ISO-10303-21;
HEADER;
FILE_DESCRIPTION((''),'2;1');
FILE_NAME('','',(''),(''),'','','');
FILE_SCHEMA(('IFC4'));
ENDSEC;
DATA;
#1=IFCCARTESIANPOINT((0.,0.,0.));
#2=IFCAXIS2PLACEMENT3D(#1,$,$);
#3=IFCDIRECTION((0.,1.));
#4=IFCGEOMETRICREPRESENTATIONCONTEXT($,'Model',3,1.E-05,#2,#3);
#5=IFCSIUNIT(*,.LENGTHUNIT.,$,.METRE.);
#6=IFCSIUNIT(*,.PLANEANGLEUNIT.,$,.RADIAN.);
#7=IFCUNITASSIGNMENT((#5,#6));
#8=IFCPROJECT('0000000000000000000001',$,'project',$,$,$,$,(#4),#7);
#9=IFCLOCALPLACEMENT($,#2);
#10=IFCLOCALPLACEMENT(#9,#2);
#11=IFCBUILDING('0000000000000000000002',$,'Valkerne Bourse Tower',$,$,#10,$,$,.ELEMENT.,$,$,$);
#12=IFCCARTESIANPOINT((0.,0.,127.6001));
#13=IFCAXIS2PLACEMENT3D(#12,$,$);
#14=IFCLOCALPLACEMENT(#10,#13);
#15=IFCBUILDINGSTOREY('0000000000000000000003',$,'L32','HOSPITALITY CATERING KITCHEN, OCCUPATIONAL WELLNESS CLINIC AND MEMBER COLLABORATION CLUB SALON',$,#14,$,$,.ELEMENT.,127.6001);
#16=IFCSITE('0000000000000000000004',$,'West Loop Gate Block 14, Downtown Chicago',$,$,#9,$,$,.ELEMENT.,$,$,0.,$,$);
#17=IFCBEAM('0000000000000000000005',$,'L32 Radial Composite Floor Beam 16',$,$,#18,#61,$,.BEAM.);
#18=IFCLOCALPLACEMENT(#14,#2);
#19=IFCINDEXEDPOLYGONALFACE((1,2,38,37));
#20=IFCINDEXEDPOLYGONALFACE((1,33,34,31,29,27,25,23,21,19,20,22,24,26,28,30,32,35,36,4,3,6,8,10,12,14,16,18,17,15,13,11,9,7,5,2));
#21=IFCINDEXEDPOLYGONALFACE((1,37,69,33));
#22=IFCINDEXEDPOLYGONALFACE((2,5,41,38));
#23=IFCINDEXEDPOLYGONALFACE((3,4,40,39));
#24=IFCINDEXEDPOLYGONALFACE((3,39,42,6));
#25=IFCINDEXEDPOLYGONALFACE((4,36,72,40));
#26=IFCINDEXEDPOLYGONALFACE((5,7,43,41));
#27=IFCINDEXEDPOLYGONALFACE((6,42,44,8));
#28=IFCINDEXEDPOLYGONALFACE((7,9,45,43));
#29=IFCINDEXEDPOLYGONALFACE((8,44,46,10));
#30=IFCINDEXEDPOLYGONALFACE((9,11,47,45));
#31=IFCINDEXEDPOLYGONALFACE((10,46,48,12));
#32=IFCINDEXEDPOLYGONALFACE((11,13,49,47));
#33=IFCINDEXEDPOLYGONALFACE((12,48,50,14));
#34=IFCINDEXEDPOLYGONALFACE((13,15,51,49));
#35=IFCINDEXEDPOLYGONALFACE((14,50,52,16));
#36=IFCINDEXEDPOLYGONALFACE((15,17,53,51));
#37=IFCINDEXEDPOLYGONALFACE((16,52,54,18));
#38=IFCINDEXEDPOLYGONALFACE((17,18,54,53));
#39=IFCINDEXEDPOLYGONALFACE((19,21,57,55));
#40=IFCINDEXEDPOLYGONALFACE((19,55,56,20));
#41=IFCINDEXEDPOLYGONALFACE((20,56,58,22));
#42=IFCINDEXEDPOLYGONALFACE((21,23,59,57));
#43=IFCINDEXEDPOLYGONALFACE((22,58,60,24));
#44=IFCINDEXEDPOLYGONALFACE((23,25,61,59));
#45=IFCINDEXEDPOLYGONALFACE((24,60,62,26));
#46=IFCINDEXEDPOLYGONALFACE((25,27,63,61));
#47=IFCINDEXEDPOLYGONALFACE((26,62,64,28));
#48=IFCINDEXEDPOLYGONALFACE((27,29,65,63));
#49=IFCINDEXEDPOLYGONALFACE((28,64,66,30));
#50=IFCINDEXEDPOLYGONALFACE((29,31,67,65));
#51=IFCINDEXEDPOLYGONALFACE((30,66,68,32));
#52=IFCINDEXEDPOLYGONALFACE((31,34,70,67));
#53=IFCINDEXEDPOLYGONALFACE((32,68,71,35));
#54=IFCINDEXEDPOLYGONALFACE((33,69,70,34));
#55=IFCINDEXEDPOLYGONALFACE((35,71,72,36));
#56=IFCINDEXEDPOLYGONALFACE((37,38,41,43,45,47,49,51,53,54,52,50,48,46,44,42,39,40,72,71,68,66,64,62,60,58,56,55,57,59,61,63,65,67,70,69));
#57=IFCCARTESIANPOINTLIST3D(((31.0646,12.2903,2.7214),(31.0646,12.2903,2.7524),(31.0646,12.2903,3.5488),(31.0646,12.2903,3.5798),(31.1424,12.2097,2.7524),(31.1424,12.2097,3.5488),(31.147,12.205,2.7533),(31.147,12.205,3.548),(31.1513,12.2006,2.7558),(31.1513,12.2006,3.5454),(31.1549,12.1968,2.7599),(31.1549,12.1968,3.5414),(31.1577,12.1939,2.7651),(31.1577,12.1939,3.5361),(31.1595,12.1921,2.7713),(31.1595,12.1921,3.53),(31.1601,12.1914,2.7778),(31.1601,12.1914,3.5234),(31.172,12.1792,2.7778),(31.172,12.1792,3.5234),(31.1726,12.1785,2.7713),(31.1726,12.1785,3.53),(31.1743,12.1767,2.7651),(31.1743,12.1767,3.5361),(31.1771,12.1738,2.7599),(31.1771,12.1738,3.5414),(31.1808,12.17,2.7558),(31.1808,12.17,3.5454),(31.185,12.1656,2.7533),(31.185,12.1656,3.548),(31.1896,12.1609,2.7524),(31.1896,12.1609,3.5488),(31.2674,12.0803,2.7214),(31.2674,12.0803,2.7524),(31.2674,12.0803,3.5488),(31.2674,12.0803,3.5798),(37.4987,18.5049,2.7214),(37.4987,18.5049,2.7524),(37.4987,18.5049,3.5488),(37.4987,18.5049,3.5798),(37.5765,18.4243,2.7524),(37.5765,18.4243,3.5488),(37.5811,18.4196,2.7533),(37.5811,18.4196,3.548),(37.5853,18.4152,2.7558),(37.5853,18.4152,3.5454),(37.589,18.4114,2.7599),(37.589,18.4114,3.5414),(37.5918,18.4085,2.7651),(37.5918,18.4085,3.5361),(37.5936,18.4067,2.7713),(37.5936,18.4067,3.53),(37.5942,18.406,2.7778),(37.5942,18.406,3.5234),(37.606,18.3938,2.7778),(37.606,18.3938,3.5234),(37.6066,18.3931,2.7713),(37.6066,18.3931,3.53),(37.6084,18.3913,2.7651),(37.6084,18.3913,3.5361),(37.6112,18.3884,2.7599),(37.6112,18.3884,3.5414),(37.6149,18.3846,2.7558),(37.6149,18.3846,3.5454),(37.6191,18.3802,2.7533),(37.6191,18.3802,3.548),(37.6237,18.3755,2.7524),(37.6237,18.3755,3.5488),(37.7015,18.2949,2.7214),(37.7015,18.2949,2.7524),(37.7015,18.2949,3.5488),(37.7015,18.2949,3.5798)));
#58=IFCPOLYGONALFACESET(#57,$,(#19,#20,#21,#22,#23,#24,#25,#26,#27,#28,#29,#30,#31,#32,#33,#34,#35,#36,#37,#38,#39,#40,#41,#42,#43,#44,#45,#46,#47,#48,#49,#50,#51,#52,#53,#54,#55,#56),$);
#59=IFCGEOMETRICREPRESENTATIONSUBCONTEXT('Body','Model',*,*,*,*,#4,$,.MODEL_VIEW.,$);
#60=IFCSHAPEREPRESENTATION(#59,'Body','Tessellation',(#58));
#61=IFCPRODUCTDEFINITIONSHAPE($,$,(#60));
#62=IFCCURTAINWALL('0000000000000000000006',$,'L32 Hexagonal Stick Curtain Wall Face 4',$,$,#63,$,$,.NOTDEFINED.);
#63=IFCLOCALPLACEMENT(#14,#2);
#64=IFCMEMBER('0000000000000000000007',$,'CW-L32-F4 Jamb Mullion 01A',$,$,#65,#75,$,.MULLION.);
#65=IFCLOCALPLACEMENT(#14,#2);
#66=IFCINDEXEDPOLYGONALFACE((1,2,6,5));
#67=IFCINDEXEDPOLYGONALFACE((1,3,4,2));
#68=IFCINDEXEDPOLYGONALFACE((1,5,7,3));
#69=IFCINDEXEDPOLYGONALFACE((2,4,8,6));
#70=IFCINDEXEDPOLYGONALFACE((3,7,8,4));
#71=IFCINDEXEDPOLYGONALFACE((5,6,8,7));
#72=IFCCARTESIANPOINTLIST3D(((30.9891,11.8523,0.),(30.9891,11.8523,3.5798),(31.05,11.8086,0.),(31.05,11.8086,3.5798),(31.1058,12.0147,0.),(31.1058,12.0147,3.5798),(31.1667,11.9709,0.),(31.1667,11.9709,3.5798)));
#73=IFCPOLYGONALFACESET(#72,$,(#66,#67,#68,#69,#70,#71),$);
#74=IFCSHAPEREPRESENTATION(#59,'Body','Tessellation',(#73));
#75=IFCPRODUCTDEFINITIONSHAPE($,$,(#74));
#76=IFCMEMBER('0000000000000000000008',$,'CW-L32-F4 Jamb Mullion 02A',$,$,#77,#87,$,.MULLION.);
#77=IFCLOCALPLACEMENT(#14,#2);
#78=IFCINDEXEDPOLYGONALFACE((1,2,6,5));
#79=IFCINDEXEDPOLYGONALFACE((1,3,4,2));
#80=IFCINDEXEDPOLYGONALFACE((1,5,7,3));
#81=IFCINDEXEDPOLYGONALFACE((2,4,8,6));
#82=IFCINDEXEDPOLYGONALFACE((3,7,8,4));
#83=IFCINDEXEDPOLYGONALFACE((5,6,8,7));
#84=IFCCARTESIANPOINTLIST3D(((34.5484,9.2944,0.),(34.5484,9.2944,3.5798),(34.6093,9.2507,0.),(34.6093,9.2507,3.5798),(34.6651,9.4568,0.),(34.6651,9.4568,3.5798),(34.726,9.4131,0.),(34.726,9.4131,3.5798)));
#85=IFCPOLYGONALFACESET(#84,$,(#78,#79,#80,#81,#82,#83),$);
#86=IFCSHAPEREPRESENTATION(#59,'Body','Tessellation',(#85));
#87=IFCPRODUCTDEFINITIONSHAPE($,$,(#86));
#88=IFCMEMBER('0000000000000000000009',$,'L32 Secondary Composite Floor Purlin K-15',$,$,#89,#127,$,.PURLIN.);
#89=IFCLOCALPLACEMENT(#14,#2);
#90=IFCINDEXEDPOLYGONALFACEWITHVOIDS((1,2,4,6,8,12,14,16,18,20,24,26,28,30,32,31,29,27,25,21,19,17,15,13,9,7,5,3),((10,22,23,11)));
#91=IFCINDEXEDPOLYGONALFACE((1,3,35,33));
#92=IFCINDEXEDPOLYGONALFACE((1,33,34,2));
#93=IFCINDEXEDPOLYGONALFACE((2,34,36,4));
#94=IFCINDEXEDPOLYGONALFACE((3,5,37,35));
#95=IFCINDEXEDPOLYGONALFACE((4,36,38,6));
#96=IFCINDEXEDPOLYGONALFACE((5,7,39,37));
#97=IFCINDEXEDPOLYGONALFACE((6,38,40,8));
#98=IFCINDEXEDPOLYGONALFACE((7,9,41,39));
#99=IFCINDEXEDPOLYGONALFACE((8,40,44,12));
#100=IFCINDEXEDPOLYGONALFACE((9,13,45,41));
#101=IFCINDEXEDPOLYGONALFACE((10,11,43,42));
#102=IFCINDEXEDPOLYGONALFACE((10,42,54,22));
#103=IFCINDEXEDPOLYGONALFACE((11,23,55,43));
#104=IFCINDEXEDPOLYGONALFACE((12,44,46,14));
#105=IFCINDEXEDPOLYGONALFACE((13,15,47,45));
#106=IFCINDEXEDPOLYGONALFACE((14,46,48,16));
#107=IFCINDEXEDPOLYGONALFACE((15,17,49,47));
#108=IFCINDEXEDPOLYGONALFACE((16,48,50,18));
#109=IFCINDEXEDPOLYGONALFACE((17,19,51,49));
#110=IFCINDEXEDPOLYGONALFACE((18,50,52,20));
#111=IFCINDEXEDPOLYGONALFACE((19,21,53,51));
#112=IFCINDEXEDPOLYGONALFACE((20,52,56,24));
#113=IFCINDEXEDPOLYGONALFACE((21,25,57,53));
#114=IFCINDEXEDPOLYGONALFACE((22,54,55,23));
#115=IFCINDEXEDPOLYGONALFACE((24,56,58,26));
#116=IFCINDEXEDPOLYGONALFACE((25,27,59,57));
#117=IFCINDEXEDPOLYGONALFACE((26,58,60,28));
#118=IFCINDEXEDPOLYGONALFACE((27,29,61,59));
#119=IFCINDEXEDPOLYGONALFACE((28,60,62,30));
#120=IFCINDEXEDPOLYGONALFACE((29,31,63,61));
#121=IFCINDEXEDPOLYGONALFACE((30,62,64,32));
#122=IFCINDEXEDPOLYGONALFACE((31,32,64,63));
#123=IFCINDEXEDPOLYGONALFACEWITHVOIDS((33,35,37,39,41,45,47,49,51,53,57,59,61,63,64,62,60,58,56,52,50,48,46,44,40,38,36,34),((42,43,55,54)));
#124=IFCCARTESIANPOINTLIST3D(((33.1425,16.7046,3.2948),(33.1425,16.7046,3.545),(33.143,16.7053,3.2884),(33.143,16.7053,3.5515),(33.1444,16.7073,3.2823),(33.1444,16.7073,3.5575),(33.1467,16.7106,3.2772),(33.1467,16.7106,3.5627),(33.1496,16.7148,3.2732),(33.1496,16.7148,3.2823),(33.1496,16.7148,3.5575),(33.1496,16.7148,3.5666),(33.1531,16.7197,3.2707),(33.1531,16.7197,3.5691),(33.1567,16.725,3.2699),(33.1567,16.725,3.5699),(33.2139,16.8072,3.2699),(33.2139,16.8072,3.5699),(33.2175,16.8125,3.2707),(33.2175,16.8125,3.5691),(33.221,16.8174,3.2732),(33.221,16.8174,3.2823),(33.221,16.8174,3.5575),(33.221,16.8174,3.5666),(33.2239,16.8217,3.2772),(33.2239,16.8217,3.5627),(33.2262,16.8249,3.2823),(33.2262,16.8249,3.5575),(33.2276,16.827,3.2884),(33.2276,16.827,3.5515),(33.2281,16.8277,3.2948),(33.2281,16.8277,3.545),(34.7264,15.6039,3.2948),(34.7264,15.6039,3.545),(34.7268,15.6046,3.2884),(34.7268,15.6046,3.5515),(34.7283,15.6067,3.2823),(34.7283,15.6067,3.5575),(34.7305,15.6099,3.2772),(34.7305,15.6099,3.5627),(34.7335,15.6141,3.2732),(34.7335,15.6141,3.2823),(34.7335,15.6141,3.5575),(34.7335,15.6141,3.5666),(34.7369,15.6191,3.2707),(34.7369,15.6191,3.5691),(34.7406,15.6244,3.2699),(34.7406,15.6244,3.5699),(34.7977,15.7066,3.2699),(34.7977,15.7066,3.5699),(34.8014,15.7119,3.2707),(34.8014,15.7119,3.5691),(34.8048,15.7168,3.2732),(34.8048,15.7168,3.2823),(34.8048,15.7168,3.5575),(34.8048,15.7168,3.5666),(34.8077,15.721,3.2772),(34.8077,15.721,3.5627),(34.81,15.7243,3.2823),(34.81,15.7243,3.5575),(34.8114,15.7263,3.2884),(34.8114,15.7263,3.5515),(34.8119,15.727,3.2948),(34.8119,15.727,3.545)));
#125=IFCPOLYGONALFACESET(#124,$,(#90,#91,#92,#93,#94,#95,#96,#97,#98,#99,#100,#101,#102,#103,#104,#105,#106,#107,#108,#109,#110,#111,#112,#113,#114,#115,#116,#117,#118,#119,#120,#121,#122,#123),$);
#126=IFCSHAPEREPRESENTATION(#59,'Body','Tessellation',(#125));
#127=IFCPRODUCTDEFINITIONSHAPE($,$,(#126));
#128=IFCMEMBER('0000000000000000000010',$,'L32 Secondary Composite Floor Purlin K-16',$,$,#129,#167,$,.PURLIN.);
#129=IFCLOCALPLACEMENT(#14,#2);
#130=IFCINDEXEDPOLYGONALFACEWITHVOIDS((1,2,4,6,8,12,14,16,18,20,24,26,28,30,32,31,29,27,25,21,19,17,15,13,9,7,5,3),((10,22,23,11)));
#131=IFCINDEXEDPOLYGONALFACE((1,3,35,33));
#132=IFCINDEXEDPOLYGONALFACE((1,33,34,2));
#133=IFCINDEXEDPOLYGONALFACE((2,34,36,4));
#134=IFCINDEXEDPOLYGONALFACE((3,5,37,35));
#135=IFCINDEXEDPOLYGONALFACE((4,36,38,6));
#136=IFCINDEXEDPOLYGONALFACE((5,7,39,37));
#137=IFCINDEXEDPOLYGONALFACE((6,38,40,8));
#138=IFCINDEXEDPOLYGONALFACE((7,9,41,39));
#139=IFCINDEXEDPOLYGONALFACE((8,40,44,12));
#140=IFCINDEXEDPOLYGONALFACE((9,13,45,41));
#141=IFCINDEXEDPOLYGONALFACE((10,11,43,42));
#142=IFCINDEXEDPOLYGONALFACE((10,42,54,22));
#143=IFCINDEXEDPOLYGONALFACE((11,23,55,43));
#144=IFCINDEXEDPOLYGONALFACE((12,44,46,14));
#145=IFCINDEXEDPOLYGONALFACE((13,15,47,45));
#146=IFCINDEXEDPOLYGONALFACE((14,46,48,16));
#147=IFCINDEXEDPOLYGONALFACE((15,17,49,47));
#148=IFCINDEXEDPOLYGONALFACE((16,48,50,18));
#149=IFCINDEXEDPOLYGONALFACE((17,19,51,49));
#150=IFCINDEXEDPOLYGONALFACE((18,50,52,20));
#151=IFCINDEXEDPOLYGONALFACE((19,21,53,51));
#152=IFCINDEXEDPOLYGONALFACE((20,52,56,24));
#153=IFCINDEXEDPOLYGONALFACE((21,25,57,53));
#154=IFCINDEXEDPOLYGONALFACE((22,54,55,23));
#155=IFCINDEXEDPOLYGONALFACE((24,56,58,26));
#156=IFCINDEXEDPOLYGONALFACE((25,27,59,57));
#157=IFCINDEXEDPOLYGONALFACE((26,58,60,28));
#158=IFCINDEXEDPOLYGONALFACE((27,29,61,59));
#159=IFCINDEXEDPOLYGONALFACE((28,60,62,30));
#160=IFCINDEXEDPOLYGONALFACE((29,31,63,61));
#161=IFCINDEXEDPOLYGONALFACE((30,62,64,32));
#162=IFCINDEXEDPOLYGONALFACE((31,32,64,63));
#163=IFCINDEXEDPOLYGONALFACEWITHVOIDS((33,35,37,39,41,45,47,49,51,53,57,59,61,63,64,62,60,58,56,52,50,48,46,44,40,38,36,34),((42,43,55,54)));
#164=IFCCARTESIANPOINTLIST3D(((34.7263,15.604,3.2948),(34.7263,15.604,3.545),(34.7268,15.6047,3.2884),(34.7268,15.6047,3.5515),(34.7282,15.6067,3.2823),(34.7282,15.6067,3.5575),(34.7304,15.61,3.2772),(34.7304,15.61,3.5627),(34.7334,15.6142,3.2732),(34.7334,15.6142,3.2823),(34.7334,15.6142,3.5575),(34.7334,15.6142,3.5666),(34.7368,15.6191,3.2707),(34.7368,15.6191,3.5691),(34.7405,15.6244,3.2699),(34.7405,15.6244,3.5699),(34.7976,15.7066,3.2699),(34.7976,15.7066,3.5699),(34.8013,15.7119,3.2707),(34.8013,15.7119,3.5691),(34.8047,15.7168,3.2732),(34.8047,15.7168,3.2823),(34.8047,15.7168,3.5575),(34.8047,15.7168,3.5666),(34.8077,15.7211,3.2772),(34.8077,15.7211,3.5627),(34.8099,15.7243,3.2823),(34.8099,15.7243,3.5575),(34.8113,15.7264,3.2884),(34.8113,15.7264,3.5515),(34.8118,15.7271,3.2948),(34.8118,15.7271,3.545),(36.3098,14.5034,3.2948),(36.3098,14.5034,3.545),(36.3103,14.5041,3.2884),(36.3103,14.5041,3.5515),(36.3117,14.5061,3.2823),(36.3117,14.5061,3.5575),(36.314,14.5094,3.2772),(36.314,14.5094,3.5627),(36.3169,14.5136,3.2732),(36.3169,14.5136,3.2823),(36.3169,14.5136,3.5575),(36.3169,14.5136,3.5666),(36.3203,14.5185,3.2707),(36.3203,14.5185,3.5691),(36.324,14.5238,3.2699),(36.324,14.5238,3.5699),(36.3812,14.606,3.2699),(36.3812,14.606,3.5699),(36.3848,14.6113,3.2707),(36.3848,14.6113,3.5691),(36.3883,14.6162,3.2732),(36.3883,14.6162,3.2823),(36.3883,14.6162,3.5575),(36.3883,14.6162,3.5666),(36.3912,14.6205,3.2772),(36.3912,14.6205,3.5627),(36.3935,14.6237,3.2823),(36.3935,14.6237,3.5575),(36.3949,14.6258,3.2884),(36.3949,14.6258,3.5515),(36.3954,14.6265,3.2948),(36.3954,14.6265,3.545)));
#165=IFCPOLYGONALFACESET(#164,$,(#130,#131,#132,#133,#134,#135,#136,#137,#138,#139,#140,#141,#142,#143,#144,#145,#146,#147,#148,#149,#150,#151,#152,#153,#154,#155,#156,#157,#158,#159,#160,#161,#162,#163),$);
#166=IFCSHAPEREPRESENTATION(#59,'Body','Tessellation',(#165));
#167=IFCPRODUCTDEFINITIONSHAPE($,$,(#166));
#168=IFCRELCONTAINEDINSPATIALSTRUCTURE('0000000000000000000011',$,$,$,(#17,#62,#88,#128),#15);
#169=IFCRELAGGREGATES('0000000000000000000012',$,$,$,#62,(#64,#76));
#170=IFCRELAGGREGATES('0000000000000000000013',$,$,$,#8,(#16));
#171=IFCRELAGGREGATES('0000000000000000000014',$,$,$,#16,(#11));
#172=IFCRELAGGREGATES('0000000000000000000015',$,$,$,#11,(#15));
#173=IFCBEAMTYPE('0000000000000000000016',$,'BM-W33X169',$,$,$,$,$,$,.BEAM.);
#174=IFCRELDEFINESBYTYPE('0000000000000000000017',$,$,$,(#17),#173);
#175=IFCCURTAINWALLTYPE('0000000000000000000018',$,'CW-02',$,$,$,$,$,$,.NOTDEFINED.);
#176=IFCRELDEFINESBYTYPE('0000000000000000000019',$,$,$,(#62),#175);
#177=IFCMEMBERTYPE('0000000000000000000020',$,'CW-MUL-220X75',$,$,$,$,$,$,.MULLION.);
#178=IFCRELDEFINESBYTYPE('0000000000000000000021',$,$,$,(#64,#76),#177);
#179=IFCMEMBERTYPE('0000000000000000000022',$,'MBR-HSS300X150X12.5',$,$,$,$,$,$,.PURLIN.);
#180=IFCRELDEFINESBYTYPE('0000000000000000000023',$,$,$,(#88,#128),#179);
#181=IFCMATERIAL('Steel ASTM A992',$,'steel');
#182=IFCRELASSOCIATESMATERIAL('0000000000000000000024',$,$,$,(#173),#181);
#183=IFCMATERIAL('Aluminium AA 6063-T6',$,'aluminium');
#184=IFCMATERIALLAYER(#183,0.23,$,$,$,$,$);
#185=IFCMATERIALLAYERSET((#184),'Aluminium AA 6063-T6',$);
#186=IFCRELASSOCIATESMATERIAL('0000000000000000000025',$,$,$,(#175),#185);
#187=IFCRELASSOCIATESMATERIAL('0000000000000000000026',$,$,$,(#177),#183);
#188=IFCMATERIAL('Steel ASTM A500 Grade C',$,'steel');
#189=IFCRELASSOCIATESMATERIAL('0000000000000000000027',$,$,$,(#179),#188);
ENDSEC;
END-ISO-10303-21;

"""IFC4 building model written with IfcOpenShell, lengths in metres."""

from ifc_helpers import new_model, si_unit, direction, frame, origin, origin_2d, place, context, subcontext, project, spatial, rectangle, hollow_rectangle, i_section, extrude, material, layer, layer_set, material_profile, profile_set, type_object, element, aggregate, save


model = new_model("IFC4")

# Units and contexts
model_context = context("Model", 3, precision=1e-05, world=origin(), true_north=direction((0.0, 1.0)))
body_context = subcontext(model_context, "Body", "Model", "MODEL_VIEW")
ifc_project = project(units=[si_unit("LENGTHUNIT", "METRE"), si_unit("PLANEANGLEUNIT", "RADIAN")], contexts=[model_context])

# Site, building, storey
site_placement = place(None, origin())
site = spatial("IfcSite", under=ifc_project, at=site_placement, Name="West Loop Gate Block 14, Downtown Chicago", CompositionType="ELEMENT", RefElevation=0.0)
building_placement = place(site_placement, origin())
building = spatial("IfcBuilding", under=site, at=building_placement, Name="Valkerne Bourse Tower", CompositionType="ELEMENT")
storey_placement = place(building_placement, frame((0.0, 0.0, 127.6001)))
storey = spatial("IfcBuildingStorey", under=building, at=storey_placement, Name="L32", Description="HOSPITALITY CATERING KITCHEN, OCCUPATIONAL WELLNESS CLINIC AND MEMBER COLLABORATION CLUB SALON", CompositionType="ELEMENT", Elevation=127.6001)

# Beam
ifc_material_1 = material(Name="Steel ASTM A992", Category="steel")
ifc_material_profile_1 = material_profile(ifc_material_1, i_section(OverallWidth=0.292, OverallDepth=0.8584, WebThickness=0.0171, FlangeThickness=0.031, FilletRadius=0.0254, at=origin_2d()), Name="W33X169")
ifc_profile_set_1 = profile_set([ifc_material_profile_1], Name="Steel ASTM A992")
beam_type_1 = type_object("IfcBeamType", Name="BM-W33X169", PredefinedType="BEAM", material=ifc_profile_set_1)
beam_1_placement = place(storey_placement, frame((31.166, 12.1853, 3.1506), z_axis=(0.719268, 0.694732, 0.0), x_axis=(-0.694732, 0.719268, 0.0)))
element("IfcBeam", 1, at=beam_1_placement, inside=storey, type_object=beam_type_1, Name="L32 Radial Composite Floor Beam 16", PredefinedType="BEAM", context=body_context, shape_type="SweptSolid", body=[
    extrude(i_section(OverallWidth=0.292, OverallDepth=0.8584, WebThickness=0.0171, FlangeThickness=0.031, FilletRadius=0.0254, at=origin_2d()), origin(), (0.0, 0.0, 1.0), 8.9453),
])

# Curtain wall, members
ifc_material_2 = material(Name="Aluminium AA 6063-T6", Category="aluminium")
ifc_layer_1 = layer(ifc_material_2, 0.23)
ifc_layer_set_1 = layer_set([ifc_layer_1], Name="Aluminium AA 6063-T6")
curtain_wall_type = type_object("IfcCurtainWallType", Name="CW-02", PredefinedType="NOTDEFINED", material=ifc_layer_set_1)
curtain_wall_placement = place(storey_placement, origin())
curtain_wall = element("IfcCurtainWall", 2, at=curtain_wall_placement, inside=storey, type_object=curtain_wall_type, Name="L32 Hexagonal Stick Curtain Wall Face 4", PredefinedType="NOTDEFINED")
ifc_material_profile_2 = material_profile(ifc_material_2, rectangle(XDim=0.075, YDim=0.2, at=origin_2d()), Name="CWM-75X200")
ifc_profile_set_2 = profile_set([ifc_material_profile_2], Name="Aluminium AA 6063-T6")
member_type_1 = type_object("IfcMemberType", Name="CW-MUL-220X75", PredefinedType="MULLION", material=ifc_profile_set_2)
member_1_placement = place(storey_placement, frame((31.0779, 11.9116, 0.0), z_axis=(0.0, 0.0, 1.0), x_axis=(0.812074, -0.583554, 0.0)))
member_1 = element("IfcMember", 3, at=member_1_placement, type_object=member_type_1, Name="CW-L32-F4 Jamb Mullion 01A", PredefinedType="MULLION", context=body_context, shape_type="SweptSolid", body=[
    extrude(rectangle(XDim=0.075, YDim=0.2, at=origin_2d()), origin(), (0.0, 0.0, 1.0), 3.5798),
])
member_2_placement = place(storey_placement, frame((34.6372, 9.3538, 0.0), z_axis=(0.0, 0.0, 1.0), x_axis=(0.812082, -0.583543, 0.0)))
member_2 = element("IfcMember", 4, at=member_2_placement, type_object=member_type_1, Name="CW-L32-F4 Jamb Mullion 02A", PredefinedType="MULLION", context=body_context, shape_type="SweptSolid", body=[
    extrude(rectangle(XDim=0.075, YDim=0.2, at=origin_2d()), origin(), (0.0, 0.0, 1.0), 3.5798),
])

# Members
ifc_material_3 = material(Name="Steel ASTM A500 Grade C", Category="steel")
ifc_material_profile_3 = material_profile(ifc_material_3, hollow_rectangle(XDim=0.1499, YDim=0.3, WallThickness=0.0125, OuterFilletRadius=0.0249, at=origin_2d()), Name="HSS300X150X12.5")
ifc_profile_set_3 = profile_set([ifc_material_profile_3], Name="Steel ASTM A500 Grade C")
member_type_2 = type_object("IfcMemberType", Name="MBR-HSS300X150X12.5", PredefinedType="PURLIN", material=ifc_profile_set_3)
member_3_placement = place(storey_placement, frame((33.1853, 16.7661, 3.4199), z_axis=(0.821184, -0.570664, 0.0), x_axis=(0.570664, 0.821184, 0.0)))
element("IfcMember", 5, at=member_3_placement, inside=storey, type_object=member_type_2, Name="L32 Secondary Composite Floor Purlin K-15", PredefinedType="PURLIN", context=body_context, shape_type="SweptSolid", body=[
    extrude(hollow_rectangle(XDim=0.1499, YDim=0.3, WallThickness=0.0125, OuterFilletRadius=0.0249, at=origin_2d()), origin(), (0.0, 0.0, 1.0), 1.9287),
])
member_4_placement = place(storey_placement, frame((34.769, 15.6655, 3.4199), z_axis=(0.821143, -0.570723, 0.0), x_axis=(0.570723, 0.821143, 0.0)))
element("IfcMember", 6, at=member_4_placement, inside=storey, type_object=member_type_2, Name="L32 Secondary Composite Floor Purlin K-16", PredefinedType="PURLIN", context=body_context, shape_type="SweptSolid", body=[
    extrude(hollow_rectangle(XDim=0.1499, YDim=0.3, WallThickness=0.0125, OuterFilletRadius=0.0249, at=origin_2d()), origin(), (0.0, 0.0, 1.0), 1.9285),
])

aggregate(curtain_wall, [member_1, member_2])

save(model, "model.ifc")
